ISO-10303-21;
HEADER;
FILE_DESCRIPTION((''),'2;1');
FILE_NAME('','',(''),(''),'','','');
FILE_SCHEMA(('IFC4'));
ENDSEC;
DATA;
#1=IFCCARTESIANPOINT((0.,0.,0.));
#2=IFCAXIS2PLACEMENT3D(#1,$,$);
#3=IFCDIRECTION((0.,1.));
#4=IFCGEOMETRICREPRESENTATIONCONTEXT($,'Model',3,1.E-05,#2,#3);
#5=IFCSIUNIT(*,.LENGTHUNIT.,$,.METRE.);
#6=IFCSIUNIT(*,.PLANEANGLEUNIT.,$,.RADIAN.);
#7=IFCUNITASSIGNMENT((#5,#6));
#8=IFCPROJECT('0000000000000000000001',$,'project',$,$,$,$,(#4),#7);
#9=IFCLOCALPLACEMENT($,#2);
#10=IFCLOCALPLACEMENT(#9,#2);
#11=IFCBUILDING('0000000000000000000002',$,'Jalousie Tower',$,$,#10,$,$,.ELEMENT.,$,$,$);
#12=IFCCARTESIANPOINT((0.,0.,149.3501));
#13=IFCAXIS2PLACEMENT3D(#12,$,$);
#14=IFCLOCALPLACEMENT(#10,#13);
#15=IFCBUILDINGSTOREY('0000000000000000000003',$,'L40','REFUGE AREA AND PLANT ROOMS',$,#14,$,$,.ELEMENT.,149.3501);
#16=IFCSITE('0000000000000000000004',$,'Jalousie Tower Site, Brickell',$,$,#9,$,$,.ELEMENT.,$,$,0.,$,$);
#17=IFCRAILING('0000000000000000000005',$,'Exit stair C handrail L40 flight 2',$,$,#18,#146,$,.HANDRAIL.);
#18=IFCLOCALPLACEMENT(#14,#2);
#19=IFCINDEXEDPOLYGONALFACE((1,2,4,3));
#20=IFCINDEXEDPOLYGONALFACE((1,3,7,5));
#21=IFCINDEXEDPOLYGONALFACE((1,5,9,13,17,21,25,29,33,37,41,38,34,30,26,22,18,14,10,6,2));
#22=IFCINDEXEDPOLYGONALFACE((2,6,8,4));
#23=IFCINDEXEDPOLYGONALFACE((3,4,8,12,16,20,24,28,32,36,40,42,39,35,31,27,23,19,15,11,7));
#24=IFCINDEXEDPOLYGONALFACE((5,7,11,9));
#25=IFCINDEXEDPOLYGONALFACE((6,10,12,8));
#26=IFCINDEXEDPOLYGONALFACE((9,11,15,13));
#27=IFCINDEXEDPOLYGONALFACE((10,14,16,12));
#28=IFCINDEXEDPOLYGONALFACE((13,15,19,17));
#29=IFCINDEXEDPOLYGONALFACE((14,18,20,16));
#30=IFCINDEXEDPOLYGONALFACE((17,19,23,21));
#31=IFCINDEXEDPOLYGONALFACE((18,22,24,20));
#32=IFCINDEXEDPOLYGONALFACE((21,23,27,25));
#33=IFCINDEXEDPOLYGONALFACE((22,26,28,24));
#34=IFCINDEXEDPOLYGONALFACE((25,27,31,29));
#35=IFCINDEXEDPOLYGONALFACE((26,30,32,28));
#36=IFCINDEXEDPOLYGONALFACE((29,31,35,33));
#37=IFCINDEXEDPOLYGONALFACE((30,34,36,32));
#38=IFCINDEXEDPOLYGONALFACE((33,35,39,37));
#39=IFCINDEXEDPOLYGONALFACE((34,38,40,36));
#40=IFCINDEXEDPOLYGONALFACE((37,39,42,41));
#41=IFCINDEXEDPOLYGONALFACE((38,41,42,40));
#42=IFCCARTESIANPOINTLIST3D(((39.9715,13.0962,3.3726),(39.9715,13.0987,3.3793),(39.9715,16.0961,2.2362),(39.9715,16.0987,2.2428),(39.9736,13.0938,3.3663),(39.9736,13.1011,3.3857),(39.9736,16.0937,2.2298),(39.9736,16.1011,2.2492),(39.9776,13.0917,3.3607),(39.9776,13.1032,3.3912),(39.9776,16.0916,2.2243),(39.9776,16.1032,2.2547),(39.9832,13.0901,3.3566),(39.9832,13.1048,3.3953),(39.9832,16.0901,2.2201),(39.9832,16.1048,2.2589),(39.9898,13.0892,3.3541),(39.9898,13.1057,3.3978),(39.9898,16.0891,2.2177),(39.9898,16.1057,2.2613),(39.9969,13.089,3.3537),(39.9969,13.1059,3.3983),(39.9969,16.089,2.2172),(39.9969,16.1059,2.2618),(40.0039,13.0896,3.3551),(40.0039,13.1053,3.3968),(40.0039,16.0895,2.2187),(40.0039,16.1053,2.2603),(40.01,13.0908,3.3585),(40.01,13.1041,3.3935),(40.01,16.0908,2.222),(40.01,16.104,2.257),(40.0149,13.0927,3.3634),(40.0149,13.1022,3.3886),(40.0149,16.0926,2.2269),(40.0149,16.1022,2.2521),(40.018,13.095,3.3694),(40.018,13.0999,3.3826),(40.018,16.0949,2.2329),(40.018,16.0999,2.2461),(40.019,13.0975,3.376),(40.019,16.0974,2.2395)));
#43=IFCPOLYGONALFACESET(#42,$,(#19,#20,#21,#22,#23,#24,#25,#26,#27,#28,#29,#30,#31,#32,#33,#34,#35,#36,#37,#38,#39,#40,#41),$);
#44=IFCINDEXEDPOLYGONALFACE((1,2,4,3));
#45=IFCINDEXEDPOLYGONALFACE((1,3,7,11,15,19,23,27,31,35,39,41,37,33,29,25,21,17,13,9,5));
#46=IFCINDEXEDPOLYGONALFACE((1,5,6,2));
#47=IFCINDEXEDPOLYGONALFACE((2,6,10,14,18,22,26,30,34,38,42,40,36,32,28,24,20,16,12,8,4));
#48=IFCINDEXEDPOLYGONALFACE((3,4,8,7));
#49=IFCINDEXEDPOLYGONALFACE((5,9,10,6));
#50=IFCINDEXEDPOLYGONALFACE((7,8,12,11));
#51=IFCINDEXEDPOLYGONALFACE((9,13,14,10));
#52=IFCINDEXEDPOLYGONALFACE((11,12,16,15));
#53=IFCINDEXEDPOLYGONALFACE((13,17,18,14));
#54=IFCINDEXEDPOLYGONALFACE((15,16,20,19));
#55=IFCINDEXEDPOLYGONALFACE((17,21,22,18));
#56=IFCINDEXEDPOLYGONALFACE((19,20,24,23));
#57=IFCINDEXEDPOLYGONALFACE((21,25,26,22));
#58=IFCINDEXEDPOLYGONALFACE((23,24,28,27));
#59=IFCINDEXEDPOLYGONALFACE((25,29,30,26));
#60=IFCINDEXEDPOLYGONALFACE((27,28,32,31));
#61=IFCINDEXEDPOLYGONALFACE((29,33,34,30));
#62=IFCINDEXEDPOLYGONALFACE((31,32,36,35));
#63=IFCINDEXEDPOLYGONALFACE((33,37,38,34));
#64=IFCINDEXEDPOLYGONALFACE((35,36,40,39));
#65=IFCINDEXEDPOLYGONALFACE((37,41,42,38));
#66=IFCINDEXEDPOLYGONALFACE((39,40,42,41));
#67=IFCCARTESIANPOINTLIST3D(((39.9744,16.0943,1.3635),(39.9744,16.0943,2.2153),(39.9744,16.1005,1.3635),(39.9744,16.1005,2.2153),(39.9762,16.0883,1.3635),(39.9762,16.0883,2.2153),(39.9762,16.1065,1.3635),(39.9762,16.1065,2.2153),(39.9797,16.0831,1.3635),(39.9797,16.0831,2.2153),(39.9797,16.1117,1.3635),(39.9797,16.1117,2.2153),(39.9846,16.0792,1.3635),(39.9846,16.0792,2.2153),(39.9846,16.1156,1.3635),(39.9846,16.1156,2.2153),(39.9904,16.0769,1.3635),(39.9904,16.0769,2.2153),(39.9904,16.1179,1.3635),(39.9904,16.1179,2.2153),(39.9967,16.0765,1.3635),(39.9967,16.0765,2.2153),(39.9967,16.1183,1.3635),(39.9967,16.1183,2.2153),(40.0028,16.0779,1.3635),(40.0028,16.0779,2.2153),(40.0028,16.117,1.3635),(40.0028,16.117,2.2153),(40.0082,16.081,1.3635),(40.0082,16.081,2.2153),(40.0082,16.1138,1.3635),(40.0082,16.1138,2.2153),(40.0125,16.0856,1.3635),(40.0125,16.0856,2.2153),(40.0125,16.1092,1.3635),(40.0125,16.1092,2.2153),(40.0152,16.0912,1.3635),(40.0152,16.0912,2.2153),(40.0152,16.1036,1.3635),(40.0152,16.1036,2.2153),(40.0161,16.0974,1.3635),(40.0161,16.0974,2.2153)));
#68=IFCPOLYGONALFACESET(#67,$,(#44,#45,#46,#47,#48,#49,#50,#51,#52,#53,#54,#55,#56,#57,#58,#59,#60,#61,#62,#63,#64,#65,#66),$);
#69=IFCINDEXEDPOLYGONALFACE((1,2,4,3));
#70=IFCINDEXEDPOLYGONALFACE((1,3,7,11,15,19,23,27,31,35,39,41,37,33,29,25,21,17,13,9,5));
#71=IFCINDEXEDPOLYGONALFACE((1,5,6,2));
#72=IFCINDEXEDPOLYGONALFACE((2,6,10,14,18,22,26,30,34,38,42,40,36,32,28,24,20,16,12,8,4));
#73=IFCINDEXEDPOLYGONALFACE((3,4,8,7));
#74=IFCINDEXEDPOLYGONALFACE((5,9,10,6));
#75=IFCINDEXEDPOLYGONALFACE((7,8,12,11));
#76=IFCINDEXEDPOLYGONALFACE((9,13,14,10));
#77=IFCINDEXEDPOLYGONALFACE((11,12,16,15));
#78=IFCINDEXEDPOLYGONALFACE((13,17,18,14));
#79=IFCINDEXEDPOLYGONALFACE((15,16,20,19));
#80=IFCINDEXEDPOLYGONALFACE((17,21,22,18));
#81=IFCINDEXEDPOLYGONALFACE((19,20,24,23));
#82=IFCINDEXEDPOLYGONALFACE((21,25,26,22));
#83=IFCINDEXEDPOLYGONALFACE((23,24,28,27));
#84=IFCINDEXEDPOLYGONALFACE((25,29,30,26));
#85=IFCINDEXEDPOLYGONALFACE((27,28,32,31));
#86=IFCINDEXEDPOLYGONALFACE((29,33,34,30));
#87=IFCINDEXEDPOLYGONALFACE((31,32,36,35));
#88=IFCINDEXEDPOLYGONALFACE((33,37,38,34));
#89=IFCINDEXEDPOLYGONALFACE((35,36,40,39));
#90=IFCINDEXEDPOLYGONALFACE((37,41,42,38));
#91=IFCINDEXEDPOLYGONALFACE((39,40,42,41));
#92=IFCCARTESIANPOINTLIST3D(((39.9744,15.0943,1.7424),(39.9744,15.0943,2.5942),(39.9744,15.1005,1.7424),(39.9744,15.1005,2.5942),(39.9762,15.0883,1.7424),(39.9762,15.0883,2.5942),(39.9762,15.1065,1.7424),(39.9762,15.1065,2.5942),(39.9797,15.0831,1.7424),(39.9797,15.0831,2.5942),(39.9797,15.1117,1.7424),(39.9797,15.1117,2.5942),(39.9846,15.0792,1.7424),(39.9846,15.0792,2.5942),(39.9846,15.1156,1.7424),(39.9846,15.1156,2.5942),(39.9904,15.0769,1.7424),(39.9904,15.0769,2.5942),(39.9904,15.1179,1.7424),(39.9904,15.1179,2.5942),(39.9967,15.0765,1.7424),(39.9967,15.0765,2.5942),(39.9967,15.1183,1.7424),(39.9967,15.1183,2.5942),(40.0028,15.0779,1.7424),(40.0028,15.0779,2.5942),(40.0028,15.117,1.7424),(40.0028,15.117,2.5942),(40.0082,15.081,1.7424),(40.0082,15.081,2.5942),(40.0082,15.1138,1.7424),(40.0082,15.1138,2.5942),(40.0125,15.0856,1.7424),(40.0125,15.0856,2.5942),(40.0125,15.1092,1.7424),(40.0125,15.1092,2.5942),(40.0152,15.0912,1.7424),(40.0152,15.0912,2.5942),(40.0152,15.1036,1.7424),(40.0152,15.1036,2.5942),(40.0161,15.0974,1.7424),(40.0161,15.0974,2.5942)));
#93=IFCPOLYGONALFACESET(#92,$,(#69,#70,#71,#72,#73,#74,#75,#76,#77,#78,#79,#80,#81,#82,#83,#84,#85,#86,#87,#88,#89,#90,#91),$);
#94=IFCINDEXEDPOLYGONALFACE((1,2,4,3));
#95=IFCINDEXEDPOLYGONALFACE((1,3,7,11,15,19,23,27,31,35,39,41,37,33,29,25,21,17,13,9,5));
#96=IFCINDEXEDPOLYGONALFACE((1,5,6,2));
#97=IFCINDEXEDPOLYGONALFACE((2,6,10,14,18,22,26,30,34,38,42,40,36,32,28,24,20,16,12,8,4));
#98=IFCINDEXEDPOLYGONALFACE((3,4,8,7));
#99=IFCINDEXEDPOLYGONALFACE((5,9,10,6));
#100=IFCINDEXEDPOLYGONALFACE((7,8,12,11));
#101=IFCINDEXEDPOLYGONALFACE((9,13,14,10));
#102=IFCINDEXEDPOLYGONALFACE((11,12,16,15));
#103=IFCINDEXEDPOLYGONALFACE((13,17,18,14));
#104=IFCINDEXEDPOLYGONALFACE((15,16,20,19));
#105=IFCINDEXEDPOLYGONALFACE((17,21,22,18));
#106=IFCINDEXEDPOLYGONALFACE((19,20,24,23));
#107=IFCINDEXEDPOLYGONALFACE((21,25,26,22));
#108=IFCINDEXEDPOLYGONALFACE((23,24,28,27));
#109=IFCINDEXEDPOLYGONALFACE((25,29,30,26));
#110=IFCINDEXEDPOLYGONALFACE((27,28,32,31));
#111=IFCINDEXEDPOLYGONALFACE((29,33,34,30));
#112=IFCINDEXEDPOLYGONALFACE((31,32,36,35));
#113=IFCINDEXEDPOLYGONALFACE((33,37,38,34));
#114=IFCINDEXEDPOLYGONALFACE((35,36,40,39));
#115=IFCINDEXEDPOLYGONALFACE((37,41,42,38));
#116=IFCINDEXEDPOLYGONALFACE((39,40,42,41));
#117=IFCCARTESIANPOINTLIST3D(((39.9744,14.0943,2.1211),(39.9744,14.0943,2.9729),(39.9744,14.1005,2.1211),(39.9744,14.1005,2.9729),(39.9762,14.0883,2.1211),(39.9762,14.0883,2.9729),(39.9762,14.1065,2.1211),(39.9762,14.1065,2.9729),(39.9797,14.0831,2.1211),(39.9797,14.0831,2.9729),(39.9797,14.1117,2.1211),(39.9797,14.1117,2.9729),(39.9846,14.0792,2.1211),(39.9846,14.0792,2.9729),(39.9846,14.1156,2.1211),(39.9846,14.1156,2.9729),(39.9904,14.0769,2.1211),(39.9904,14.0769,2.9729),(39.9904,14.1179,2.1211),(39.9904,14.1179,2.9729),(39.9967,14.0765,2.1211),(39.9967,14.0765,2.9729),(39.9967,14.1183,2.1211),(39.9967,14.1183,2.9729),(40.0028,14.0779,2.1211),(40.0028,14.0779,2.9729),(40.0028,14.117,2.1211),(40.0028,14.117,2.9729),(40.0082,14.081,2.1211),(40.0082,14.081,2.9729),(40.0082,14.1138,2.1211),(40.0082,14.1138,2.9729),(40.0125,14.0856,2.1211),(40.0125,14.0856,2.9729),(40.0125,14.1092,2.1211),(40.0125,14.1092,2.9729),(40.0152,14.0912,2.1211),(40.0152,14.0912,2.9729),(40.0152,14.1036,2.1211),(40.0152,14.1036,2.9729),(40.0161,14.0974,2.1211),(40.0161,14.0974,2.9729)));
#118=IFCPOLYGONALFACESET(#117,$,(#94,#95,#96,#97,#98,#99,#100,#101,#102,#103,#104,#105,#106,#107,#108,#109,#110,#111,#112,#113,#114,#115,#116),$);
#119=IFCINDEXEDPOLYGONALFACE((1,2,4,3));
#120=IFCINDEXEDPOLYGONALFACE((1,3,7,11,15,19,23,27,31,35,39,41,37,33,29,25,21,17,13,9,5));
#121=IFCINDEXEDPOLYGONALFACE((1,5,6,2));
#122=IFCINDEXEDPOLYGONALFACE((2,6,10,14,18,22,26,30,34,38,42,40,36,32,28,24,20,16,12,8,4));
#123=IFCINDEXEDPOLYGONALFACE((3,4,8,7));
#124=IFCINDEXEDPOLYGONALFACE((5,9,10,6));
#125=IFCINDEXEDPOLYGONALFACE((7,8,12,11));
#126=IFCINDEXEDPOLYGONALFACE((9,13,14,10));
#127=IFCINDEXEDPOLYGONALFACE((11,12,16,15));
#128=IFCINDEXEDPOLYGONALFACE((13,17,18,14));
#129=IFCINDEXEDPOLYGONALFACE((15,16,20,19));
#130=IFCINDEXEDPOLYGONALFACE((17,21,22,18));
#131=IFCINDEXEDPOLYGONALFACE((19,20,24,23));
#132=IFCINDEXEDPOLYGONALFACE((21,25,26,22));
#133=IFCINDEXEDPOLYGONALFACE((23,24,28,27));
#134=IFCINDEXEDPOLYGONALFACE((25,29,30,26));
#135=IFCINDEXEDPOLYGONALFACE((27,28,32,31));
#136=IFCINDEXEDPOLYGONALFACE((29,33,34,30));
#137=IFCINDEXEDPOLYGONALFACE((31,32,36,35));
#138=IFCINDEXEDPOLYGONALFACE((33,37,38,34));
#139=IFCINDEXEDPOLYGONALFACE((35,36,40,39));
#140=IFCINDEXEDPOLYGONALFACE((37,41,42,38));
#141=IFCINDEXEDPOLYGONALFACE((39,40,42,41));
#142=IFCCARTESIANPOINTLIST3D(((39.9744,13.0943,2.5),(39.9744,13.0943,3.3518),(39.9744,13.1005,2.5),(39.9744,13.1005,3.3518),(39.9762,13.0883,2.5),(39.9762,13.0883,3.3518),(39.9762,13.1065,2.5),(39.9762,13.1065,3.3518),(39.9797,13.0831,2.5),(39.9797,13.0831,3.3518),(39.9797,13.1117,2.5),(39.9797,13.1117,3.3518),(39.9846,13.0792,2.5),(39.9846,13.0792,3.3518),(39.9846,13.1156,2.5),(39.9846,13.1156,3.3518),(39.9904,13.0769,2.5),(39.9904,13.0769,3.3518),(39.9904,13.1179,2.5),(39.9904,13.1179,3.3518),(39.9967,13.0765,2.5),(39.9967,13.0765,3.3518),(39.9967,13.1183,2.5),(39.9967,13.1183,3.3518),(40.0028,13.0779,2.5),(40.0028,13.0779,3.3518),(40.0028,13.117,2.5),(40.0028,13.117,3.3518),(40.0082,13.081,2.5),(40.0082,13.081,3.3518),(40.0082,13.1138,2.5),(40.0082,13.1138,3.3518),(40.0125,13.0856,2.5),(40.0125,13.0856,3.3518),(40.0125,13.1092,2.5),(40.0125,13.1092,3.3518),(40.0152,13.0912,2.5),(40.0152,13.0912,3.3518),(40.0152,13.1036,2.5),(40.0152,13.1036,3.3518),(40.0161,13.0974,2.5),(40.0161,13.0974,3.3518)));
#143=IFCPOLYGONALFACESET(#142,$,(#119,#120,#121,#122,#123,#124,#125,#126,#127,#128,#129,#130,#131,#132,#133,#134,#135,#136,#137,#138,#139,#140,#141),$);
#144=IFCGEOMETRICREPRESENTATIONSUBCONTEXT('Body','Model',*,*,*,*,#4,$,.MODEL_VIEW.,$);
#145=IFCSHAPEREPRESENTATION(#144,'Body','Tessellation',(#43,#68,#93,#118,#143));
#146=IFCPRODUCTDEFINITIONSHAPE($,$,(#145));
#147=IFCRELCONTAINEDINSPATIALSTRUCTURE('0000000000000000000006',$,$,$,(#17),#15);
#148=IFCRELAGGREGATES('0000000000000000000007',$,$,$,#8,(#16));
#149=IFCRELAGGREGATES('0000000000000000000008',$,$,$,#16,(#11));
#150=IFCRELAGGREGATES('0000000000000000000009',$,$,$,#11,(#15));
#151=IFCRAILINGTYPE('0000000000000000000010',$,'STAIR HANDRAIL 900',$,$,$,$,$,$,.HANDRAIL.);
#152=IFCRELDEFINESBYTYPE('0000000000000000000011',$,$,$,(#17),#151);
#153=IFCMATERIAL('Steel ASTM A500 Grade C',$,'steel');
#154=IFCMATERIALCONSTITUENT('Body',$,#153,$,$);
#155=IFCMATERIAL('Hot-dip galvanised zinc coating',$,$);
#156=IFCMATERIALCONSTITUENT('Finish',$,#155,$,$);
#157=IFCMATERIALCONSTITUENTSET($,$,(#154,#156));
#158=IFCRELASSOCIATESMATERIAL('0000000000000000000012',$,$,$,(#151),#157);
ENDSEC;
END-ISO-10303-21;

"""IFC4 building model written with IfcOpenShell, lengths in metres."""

from ifc_helpers import new_model, si_unit, direction, frame, origin, origin_2d, place, context, subcontext, project, spatial, circle, extrude, material, constituent, constituent_set, type_object, element, save


model = new_model("IFC4")

# Units and contexts
model_context = context("Model", 3, precision=1e-05, world=origin(), true_north=direction((0.0, 1.0)))
body_context = subcontext(model_context, "Body", "Model", "MODEL_VIEW")
ifc_project = project(units=[si_unit("LENGTHUNIT", "METRE"), si_unit("PLANEANGLEUNIT", "RADIAN")], contexts=[model_context])

# Site, building, storey
site_placement = place(None, origin())
site = spatial("IfcSite", under=ifc_project, at=site_placement, Name="Jalousie Tower Site, Brickell", CompositionType="ELEMENT", RefElevation=0.0)
building_placement = place(site_placement, origin())
building = spatial("IfcBuilding", under=site, at=building_placement, Name="Jalousie Tower", CompositionType="ELEMENT")
storey_placement = place(building_placement, frame((0.0, 0.0, 149.3501)))
storey = spatial("IfcBuildingStorey", under=building, at=storey_placement, Name="L40", Description="REFUGE AREA AND PLANT ROOMS", CompositionType="ELEMENT", Elevation=149.3501)

# Railing
ifc_material_1 = material(Name="Steel ASTM A500 Grade C", Category="steel")
ifc_constituent_1 = constituent(ifc_material_1, Name="Body")
ifc_material_2 = material(Name="Hot-dip galvanised zinc coating")
ifc_constituent_2 = constituent(ifc_material_2, Name="Finish")
ifc_constituent_set_1 = constituent_set(constituents=[ifc_constituent_1, ifc_constituent_2])
railing_type_1 = type_object("IfcRailingType", Name="STAIR HANDRAIL 900", PredefinedType="HANDRAIL", material=ifc_constituent_set_1)
for number, where, name in (
    (1, (39.9951, 16.0974, 1.3635), "Exit stair C handrail L40 flight 2"),
):
    element("IfcRailing", number, at=place(storey_placement, frame(where)), inside=storey, type_object=railing_type_1, Name=name, PredefinedType="HANDRAIL", context=body_context, shape_type="SweptSolid", body=[
        extrude(circle(Radius=0.0239, at=origin_2d()), frame((0.0, 0.0, 0.876), z_axis=(0.0, -0.935148, 0.354257), x_axis=(1.0, 0.0, 0.0)), (0.0, 0.0, 1.0), 3.208),
        extrude(circle(Radius=0.021, at=origin_2d()), origin(), (0.0, 0.0, 1.0), 0.8518),
        extrude(circle(Radius=0.021, at=origin_2d()), frame((0.0, -1.0, 0.3789)), (0.0, 0.0, 1.0), 0.8518),
        extrude(circle(Radius=0.021, at=origin_2d()), frame((0.0, -2.0, 0.7576)), (0.0, 0.0, 1.0), 0.8518),
        extrude(circle(Radius=0.021, at=origin_2d()), frame((0.0, -3.0, 1.1365)), (0.0, 0.0, 1.0), 0.8518),
    ])

save(model, "model.ifc")
